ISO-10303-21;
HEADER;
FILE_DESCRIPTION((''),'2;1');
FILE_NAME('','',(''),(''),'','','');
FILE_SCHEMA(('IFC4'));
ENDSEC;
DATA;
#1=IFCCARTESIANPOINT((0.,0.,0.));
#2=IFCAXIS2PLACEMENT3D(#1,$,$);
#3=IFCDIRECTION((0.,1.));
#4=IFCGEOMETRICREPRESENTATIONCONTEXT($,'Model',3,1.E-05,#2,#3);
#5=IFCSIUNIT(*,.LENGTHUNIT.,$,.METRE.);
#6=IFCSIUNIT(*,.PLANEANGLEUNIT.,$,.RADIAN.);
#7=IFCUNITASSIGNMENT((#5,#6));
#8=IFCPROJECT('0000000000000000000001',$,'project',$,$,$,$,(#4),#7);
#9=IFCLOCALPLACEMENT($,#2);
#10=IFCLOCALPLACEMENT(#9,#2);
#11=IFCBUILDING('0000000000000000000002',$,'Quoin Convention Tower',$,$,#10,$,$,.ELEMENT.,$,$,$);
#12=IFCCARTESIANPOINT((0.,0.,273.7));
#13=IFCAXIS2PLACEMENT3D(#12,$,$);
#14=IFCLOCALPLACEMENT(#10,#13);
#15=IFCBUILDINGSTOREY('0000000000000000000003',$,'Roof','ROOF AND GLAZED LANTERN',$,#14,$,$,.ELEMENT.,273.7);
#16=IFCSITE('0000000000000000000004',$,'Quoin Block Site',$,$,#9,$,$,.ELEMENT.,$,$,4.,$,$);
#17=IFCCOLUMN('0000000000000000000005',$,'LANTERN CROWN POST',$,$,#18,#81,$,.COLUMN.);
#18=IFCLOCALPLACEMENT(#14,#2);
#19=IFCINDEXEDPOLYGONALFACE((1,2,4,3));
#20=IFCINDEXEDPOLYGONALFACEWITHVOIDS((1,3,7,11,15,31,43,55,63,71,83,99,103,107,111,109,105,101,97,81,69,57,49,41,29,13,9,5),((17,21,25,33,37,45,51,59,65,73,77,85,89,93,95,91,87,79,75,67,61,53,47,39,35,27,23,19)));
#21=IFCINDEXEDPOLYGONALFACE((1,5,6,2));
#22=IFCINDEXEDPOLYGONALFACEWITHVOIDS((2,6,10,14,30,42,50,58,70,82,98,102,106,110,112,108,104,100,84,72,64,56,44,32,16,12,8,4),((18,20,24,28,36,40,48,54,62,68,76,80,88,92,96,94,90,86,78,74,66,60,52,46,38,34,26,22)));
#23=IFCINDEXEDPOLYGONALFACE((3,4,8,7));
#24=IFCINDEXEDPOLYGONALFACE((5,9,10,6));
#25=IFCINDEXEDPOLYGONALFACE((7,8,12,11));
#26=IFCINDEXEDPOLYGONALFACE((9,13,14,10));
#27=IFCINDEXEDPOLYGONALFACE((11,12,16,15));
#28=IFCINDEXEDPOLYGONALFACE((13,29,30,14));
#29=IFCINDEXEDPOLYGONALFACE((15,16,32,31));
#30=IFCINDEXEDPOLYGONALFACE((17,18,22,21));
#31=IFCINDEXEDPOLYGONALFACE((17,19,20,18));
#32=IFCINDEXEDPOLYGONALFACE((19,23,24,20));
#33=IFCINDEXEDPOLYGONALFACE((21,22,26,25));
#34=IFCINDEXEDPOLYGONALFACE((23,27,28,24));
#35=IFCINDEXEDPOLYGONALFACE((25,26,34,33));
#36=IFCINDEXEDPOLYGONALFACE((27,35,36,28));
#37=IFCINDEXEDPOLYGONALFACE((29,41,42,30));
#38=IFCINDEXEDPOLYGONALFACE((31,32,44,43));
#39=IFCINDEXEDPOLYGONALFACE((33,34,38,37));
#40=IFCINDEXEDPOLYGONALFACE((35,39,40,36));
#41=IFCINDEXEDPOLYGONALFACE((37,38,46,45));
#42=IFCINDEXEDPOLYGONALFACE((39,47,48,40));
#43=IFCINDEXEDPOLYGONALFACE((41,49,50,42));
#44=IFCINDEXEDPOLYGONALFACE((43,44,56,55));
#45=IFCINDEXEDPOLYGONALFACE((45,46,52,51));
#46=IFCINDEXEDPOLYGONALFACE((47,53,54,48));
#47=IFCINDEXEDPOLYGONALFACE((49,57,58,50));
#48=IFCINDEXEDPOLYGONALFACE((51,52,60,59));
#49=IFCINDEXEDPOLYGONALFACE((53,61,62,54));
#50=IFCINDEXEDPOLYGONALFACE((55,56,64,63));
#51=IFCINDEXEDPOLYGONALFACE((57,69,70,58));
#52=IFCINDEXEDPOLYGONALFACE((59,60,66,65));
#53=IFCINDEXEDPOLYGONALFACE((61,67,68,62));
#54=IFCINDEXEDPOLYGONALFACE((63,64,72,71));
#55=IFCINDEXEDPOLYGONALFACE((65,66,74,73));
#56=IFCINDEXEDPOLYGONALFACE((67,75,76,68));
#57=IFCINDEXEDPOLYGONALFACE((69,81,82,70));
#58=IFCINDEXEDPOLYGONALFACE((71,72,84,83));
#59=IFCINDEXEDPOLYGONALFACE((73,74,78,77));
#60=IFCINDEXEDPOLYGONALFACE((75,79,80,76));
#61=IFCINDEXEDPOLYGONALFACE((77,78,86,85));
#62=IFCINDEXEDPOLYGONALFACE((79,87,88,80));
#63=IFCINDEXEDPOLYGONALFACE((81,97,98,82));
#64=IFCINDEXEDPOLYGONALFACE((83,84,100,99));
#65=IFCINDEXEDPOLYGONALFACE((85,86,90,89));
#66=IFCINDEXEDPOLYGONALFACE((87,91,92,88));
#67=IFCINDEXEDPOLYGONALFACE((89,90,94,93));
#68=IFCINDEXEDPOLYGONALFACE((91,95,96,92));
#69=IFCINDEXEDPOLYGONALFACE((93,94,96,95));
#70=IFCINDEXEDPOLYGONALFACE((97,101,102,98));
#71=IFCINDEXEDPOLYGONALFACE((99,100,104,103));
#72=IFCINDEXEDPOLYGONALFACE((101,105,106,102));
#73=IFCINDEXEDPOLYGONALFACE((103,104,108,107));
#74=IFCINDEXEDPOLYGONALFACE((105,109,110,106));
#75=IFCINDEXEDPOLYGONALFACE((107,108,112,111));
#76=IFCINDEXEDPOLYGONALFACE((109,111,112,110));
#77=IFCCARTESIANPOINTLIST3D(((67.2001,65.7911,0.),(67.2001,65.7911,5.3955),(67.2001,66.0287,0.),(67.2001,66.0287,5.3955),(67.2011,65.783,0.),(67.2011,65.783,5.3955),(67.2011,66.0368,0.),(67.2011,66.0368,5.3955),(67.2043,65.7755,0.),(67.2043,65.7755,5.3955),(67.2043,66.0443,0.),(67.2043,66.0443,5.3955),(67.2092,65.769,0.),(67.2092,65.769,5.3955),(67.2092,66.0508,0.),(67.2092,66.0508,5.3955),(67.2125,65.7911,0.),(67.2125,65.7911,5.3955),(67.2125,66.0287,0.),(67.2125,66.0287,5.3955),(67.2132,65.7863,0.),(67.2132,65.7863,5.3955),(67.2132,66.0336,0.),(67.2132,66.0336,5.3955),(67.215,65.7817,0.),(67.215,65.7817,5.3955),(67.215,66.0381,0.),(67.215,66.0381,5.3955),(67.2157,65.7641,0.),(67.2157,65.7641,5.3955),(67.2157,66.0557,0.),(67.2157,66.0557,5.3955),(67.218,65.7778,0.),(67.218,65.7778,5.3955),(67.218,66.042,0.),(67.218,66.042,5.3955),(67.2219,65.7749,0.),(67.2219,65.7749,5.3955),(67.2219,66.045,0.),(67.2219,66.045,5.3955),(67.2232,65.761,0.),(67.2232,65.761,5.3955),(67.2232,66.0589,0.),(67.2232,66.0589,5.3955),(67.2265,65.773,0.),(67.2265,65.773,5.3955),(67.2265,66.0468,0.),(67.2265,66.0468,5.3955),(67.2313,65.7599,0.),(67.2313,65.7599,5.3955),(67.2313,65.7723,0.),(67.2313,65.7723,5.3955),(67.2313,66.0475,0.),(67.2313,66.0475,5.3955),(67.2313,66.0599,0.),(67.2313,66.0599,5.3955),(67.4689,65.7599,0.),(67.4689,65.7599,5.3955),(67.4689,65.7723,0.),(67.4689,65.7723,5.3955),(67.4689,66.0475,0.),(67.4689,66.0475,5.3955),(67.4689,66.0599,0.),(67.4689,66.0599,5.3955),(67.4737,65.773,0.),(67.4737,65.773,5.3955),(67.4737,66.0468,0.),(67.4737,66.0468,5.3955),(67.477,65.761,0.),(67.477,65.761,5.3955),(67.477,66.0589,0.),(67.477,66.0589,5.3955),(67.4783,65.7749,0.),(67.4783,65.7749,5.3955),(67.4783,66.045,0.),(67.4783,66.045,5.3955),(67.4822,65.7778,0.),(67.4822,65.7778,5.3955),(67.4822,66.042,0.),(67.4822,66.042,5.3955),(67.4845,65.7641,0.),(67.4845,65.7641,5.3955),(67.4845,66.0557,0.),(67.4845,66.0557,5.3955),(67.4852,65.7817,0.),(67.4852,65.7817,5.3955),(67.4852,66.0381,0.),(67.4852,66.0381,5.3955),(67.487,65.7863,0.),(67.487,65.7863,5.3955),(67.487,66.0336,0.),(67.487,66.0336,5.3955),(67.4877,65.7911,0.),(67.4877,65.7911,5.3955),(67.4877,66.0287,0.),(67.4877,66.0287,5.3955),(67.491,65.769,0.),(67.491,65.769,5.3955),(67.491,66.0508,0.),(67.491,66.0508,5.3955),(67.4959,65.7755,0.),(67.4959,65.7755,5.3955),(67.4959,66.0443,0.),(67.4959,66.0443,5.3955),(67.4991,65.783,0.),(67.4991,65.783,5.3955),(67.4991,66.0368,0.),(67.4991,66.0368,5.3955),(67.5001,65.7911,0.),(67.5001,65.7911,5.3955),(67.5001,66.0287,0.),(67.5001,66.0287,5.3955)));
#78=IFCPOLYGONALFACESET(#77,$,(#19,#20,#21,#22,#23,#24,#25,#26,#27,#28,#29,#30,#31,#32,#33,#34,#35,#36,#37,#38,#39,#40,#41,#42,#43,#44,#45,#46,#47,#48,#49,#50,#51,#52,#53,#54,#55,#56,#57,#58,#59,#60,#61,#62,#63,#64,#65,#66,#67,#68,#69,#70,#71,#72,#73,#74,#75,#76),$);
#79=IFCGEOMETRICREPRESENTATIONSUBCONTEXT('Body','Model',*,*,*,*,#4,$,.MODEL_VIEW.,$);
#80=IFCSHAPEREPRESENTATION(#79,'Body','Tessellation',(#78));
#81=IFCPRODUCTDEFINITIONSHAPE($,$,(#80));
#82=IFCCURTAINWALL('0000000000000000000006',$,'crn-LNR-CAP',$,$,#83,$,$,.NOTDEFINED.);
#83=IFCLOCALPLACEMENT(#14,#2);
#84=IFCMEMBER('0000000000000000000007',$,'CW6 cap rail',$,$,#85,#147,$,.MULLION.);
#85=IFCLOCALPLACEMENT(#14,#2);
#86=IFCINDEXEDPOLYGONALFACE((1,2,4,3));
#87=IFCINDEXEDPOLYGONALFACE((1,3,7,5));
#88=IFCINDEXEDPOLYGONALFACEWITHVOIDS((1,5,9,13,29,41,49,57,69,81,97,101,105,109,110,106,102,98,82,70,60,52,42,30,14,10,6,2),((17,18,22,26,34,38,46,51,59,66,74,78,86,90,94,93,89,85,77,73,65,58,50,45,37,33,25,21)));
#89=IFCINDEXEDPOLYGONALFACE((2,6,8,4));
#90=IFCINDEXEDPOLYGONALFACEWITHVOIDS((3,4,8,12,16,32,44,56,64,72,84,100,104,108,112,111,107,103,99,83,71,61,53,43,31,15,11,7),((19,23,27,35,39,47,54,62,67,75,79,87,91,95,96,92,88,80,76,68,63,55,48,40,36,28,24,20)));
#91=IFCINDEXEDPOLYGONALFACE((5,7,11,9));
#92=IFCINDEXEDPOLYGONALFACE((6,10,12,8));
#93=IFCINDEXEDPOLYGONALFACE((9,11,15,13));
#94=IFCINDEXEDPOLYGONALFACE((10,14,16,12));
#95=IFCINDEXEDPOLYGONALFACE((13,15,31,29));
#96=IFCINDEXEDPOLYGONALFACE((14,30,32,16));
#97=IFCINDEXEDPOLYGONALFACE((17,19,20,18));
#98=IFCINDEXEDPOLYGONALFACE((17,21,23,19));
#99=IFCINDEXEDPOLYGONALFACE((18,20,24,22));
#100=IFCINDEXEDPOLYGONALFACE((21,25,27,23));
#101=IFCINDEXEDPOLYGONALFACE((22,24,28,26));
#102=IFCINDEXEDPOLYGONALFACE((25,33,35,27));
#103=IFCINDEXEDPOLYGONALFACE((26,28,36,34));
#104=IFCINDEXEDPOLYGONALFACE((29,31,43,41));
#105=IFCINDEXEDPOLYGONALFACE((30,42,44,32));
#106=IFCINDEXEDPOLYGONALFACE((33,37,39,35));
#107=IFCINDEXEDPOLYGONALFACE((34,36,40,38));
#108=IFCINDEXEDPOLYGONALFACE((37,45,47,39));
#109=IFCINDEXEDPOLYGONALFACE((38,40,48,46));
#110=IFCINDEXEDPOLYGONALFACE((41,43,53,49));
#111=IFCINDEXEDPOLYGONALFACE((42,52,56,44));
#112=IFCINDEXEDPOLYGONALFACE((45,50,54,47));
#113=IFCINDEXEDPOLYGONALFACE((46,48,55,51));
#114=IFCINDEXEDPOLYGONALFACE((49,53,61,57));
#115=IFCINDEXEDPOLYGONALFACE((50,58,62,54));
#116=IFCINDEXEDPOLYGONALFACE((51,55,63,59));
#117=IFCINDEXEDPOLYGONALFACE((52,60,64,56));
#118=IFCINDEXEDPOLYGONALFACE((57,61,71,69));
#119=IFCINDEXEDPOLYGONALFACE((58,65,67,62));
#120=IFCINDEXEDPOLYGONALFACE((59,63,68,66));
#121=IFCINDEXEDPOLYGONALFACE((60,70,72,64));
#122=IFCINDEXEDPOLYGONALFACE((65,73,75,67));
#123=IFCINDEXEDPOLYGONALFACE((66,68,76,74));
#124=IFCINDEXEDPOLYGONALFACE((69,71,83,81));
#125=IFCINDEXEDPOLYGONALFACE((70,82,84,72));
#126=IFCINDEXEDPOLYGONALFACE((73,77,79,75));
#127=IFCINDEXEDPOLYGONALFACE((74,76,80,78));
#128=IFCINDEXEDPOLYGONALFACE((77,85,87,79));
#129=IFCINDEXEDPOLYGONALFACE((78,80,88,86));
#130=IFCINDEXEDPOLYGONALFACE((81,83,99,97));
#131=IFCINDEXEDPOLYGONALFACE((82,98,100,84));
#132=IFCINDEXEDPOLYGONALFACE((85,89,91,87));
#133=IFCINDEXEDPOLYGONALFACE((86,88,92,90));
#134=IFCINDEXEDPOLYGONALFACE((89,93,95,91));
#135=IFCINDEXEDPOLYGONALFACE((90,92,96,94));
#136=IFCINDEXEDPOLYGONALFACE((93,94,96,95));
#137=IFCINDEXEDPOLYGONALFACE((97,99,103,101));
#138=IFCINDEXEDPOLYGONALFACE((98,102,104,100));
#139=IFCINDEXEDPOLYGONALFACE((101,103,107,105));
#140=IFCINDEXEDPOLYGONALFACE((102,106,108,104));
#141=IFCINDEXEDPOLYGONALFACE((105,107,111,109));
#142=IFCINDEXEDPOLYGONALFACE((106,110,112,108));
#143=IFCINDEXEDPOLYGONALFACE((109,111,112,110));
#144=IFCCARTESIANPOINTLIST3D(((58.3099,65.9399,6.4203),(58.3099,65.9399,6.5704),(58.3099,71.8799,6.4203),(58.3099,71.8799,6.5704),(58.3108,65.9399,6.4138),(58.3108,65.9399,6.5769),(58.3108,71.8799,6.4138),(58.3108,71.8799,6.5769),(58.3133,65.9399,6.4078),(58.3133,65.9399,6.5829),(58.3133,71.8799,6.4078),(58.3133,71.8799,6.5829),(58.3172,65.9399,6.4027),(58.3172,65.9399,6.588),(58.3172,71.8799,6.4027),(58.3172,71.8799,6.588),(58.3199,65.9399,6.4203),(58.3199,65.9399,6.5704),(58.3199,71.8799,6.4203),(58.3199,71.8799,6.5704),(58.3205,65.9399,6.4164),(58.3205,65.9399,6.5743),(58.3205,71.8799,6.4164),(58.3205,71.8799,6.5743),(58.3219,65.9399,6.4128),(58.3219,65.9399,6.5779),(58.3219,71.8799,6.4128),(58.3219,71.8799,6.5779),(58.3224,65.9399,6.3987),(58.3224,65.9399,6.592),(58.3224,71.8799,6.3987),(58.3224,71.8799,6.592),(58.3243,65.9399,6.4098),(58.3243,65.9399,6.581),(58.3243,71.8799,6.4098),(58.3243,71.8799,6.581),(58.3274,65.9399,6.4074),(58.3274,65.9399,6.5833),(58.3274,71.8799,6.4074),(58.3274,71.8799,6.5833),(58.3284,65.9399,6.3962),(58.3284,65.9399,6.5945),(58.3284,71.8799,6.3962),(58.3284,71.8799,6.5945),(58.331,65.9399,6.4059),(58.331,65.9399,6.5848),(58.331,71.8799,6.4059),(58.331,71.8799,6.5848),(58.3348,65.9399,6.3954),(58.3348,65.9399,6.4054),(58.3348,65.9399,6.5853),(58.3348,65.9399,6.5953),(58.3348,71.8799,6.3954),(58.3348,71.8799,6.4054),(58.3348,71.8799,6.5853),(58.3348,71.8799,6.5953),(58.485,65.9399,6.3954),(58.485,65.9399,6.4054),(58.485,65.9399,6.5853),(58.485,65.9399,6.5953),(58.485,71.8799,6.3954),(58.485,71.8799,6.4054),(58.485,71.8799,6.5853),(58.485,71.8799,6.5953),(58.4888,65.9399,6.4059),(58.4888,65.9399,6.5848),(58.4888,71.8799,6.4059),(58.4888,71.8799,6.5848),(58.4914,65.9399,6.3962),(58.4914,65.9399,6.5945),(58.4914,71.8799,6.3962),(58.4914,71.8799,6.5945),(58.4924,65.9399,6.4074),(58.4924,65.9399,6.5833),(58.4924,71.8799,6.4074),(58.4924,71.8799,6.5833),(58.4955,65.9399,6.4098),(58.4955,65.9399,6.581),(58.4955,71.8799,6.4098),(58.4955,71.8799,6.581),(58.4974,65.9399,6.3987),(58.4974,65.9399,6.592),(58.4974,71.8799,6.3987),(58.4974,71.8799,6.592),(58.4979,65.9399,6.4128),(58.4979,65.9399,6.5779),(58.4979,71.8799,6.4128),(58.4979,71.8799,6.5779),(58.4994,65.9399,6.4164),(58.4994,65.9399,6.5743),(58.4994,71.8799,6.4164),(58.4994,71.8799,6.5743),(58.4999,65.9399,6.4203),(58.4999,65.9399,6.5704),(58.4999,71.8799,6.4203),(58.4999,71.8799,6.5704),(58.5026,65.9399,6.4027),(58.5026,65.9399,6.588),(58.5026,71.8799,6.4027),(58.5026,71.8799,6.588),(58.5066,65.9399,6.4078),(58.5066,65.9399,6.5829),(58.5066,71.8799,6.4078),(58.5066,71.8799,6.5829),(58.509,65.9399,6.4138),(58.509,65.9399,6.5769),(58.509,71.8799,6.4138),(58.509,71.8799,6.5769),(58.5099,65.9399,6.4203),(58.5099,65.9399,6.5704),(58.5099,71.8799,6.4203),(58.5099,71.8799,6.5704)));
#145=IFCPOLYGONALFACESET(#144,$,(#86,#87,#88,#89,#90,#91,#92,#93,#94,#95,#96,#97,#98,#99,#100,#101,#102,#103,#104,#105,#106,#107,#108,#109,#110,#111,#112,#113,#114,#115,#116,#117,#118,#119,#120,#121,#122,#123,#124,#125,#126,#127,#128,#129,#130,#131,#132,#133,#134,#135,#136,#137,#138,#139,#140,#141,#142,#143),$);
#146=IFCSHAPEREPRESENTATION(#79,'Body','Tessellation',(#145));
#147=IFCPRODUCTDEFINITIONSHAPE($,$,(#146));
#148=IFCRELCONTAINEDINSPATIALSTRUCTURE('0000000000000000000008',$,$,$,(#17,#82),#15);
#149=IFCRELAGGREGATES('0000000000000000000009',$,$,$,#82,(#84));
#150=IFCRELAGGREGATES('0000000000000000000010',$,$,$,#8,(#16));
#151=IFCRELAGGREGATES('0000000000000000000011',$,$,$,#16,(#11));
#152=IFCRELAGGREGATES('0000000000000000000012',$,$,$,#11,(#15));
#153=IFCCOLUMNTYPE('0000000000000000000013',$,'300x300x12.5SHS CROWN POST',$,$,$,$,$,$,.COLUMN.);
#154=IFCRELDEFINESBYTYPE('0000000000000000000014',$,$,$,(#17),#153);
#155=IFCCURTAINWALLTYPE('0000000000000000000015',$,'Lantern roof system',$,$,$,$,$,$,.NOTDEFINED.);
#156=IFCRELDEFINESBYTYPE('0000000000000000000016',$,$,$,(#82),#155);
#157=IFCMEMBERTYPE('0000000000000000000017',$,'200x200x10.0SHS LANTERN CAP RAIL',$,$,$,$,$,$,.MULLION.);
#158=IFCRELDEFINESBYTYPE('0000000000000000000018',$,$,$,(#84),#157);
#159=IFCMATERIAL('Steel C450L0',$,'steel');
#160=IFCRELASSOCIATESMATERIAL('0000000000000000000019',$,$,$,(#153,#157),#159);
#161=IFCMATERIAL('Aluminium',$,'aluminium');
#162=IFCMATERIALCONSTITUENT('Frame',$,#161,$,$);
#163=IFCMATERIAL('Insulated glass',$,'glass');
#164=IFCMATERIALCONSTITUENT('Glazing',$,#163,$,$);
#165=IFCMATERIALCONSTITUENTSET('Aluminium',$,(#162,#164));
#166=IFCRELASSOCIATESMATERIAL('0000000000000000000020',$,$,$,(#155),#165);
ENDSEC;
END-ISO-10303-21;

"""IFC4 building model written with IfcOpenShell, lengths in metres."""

from ifc_helpers import new_model, si_unit, direction, frame, origin, origin_2d, place, context, subcontext, project, spatial, hollow_rectangle, extrude, material, constituent, constituent_set, material_profile, profile_set, type_object, element, aggregate, save


model = new_model("IFC4")

# Units and contexts
model_context = context("Model", 3, precision=1e-05, world=origin(), true_north=direction((0.0, 1.0)))
body_context = subcontext(model_context, "Body", "Model", "MODEL_VIEW")
ifc_project = project(units=[si_unit("LENGTHUNIT", "METRE"), si_unit("PLANEANGLEUNIT", "RADIAN")], contexts=[model_context])

# Site, building, storey
site_placement = place(None, origin())
site = spatial("IfcSite", under=ifc_project, at=site_placement, Name="Quoin Block Site", CompositionType="ELEMENT", RefElevation=4.0)
building_placement = place(site_placement, origin())
building = spatial("IfcBuilding", under=site, at=building_placement, Name="Quoin Convention Tower", CompositionType="ELEMENT")
storey_placement = place(building_placement, frame((0.0, 0.0, 273.7)))
storey = spatial("IfcBuildingStorey", under=building, at=storey_placement, Name="Roof", Description="ROOF AND GLAZED LANTERN", CompositionType="ELEMENT", Elevation=273.7)

# Column
ifc_material_1 = material(Name="Steel C450L0", Category="steel")
ifc_material_profile_1 = material_profile(ifc_material_1, hollow_rectangle(XDim=0.3, YDim=0.3, WallThickness=0.0125, InnerFilletRadius=0.0188, OuterFilletRadius=0.0312, at=origin_2d()), Name="300x300x12.5SHS")
ifc_profile_set_1 = profile_set([ifc_material_profile_1], Name="Steel C450L0")
column_type = type_object("IfcColumnType", Name="300x300x12.5SHS CROWN POST", PredefinedType="COLUMN", material=ifc_profile_set_1)
column_placement = place(storey_placement, frame((67.3501, 65.9099, 0.0), z_axis=(0.0, 0.0, 1.0), x_axis=(1.0, 0.0, 0.0)))
element("IfcColumn", 1, at=column_placement, inside=storey, type_object=column_type, Name="LANTERN CROWN POST", PredefinedType="COLUMN", context=body_context, shape_type="SweptSolid", body=[
    extrude(hollow_rectangle(XDim=0.3, YDim=0.3, WallThickness=0.0125, InnerFilletRadius=0.0188, OuterFilletRadius=0.0312, at=origin_2d()), origin(), (0.0, 0.0, 1.0), 5.3955),
])

# Curtain wall, member
ifc_material_2 = material(Name="Aluminium", Category="aluminium")
ifc_constituent_1 = constituent(ifc_material_2, Name="Frame")
ifc_material_3 = material(Name="Insulated glass", Category="glass")
ifc_constituent_2 = constituent(ifc_material_3, Name="Glazing")
ifc_constituent_set = constituent_set(constituents=[ifc_constituent_1, ifc_constituent_2], Name="Aluminium")
curtain_wall_type = type_object("IfcCurtainWallType", Name="Lantern roof system", PredefinedType="NOTDEFINED", material=ifc_constituent_set)
curtain_wall_placement = place(storey_placement, origin())
curtain_wall = element("IfcCurtainWall", 2, at=curtain_wall_placement, inside=storey, type_object=curtain_wall_type, Name="crn-LNR-CAP", PredefinedType="NOTDEFINED")
ifc_material_profile_2 = material_profile(ifc_material_1, hollow_rectangle(XDim=0.2, YDim=0.2, WallThickness=0.01, InnerFilletRadius=0.0149, OuterFilletRadius=0.0249, at=origin_2d()), Name="200x200x10.0SHS")
ifc_profile_set_2 = profile_set([ifc_material_profile_2], Name="Steel C450L0")
member_type_1 = type_object("IfcMemberType", Name="200x200x10.0SHS LANTERN CAP RAIL", PredefinedType="MULLION", material=ifc_profile_set_2)
member_1_placement = place(storey_placement, frame((58.4099, 65.9399, 6.4954), z_axis=(0.0, 1.0, 0.0), x_axis=(-1.0, 0.0, 0.0)))
member_1 = element("IfcMember", 3, at=member_1_placement, type_object=member_type_1, Name="CW6 cap rail", PredefinedType="MULLION", context=body_context, shape_type="SweptSolid", body=[
    extrude(hollow_rectangle(XDim=0.2, YDim=0.2, WallThickness=0.01, InnerFilletRadius=0.0149, OuterFilletRadius=0.0249, at=origin_2d()), origin(), (0.0, 0.0, 1.0), 5.9399),
])
aggregate(curtain_wall, [member_1])

save(model, "model.ifc")
